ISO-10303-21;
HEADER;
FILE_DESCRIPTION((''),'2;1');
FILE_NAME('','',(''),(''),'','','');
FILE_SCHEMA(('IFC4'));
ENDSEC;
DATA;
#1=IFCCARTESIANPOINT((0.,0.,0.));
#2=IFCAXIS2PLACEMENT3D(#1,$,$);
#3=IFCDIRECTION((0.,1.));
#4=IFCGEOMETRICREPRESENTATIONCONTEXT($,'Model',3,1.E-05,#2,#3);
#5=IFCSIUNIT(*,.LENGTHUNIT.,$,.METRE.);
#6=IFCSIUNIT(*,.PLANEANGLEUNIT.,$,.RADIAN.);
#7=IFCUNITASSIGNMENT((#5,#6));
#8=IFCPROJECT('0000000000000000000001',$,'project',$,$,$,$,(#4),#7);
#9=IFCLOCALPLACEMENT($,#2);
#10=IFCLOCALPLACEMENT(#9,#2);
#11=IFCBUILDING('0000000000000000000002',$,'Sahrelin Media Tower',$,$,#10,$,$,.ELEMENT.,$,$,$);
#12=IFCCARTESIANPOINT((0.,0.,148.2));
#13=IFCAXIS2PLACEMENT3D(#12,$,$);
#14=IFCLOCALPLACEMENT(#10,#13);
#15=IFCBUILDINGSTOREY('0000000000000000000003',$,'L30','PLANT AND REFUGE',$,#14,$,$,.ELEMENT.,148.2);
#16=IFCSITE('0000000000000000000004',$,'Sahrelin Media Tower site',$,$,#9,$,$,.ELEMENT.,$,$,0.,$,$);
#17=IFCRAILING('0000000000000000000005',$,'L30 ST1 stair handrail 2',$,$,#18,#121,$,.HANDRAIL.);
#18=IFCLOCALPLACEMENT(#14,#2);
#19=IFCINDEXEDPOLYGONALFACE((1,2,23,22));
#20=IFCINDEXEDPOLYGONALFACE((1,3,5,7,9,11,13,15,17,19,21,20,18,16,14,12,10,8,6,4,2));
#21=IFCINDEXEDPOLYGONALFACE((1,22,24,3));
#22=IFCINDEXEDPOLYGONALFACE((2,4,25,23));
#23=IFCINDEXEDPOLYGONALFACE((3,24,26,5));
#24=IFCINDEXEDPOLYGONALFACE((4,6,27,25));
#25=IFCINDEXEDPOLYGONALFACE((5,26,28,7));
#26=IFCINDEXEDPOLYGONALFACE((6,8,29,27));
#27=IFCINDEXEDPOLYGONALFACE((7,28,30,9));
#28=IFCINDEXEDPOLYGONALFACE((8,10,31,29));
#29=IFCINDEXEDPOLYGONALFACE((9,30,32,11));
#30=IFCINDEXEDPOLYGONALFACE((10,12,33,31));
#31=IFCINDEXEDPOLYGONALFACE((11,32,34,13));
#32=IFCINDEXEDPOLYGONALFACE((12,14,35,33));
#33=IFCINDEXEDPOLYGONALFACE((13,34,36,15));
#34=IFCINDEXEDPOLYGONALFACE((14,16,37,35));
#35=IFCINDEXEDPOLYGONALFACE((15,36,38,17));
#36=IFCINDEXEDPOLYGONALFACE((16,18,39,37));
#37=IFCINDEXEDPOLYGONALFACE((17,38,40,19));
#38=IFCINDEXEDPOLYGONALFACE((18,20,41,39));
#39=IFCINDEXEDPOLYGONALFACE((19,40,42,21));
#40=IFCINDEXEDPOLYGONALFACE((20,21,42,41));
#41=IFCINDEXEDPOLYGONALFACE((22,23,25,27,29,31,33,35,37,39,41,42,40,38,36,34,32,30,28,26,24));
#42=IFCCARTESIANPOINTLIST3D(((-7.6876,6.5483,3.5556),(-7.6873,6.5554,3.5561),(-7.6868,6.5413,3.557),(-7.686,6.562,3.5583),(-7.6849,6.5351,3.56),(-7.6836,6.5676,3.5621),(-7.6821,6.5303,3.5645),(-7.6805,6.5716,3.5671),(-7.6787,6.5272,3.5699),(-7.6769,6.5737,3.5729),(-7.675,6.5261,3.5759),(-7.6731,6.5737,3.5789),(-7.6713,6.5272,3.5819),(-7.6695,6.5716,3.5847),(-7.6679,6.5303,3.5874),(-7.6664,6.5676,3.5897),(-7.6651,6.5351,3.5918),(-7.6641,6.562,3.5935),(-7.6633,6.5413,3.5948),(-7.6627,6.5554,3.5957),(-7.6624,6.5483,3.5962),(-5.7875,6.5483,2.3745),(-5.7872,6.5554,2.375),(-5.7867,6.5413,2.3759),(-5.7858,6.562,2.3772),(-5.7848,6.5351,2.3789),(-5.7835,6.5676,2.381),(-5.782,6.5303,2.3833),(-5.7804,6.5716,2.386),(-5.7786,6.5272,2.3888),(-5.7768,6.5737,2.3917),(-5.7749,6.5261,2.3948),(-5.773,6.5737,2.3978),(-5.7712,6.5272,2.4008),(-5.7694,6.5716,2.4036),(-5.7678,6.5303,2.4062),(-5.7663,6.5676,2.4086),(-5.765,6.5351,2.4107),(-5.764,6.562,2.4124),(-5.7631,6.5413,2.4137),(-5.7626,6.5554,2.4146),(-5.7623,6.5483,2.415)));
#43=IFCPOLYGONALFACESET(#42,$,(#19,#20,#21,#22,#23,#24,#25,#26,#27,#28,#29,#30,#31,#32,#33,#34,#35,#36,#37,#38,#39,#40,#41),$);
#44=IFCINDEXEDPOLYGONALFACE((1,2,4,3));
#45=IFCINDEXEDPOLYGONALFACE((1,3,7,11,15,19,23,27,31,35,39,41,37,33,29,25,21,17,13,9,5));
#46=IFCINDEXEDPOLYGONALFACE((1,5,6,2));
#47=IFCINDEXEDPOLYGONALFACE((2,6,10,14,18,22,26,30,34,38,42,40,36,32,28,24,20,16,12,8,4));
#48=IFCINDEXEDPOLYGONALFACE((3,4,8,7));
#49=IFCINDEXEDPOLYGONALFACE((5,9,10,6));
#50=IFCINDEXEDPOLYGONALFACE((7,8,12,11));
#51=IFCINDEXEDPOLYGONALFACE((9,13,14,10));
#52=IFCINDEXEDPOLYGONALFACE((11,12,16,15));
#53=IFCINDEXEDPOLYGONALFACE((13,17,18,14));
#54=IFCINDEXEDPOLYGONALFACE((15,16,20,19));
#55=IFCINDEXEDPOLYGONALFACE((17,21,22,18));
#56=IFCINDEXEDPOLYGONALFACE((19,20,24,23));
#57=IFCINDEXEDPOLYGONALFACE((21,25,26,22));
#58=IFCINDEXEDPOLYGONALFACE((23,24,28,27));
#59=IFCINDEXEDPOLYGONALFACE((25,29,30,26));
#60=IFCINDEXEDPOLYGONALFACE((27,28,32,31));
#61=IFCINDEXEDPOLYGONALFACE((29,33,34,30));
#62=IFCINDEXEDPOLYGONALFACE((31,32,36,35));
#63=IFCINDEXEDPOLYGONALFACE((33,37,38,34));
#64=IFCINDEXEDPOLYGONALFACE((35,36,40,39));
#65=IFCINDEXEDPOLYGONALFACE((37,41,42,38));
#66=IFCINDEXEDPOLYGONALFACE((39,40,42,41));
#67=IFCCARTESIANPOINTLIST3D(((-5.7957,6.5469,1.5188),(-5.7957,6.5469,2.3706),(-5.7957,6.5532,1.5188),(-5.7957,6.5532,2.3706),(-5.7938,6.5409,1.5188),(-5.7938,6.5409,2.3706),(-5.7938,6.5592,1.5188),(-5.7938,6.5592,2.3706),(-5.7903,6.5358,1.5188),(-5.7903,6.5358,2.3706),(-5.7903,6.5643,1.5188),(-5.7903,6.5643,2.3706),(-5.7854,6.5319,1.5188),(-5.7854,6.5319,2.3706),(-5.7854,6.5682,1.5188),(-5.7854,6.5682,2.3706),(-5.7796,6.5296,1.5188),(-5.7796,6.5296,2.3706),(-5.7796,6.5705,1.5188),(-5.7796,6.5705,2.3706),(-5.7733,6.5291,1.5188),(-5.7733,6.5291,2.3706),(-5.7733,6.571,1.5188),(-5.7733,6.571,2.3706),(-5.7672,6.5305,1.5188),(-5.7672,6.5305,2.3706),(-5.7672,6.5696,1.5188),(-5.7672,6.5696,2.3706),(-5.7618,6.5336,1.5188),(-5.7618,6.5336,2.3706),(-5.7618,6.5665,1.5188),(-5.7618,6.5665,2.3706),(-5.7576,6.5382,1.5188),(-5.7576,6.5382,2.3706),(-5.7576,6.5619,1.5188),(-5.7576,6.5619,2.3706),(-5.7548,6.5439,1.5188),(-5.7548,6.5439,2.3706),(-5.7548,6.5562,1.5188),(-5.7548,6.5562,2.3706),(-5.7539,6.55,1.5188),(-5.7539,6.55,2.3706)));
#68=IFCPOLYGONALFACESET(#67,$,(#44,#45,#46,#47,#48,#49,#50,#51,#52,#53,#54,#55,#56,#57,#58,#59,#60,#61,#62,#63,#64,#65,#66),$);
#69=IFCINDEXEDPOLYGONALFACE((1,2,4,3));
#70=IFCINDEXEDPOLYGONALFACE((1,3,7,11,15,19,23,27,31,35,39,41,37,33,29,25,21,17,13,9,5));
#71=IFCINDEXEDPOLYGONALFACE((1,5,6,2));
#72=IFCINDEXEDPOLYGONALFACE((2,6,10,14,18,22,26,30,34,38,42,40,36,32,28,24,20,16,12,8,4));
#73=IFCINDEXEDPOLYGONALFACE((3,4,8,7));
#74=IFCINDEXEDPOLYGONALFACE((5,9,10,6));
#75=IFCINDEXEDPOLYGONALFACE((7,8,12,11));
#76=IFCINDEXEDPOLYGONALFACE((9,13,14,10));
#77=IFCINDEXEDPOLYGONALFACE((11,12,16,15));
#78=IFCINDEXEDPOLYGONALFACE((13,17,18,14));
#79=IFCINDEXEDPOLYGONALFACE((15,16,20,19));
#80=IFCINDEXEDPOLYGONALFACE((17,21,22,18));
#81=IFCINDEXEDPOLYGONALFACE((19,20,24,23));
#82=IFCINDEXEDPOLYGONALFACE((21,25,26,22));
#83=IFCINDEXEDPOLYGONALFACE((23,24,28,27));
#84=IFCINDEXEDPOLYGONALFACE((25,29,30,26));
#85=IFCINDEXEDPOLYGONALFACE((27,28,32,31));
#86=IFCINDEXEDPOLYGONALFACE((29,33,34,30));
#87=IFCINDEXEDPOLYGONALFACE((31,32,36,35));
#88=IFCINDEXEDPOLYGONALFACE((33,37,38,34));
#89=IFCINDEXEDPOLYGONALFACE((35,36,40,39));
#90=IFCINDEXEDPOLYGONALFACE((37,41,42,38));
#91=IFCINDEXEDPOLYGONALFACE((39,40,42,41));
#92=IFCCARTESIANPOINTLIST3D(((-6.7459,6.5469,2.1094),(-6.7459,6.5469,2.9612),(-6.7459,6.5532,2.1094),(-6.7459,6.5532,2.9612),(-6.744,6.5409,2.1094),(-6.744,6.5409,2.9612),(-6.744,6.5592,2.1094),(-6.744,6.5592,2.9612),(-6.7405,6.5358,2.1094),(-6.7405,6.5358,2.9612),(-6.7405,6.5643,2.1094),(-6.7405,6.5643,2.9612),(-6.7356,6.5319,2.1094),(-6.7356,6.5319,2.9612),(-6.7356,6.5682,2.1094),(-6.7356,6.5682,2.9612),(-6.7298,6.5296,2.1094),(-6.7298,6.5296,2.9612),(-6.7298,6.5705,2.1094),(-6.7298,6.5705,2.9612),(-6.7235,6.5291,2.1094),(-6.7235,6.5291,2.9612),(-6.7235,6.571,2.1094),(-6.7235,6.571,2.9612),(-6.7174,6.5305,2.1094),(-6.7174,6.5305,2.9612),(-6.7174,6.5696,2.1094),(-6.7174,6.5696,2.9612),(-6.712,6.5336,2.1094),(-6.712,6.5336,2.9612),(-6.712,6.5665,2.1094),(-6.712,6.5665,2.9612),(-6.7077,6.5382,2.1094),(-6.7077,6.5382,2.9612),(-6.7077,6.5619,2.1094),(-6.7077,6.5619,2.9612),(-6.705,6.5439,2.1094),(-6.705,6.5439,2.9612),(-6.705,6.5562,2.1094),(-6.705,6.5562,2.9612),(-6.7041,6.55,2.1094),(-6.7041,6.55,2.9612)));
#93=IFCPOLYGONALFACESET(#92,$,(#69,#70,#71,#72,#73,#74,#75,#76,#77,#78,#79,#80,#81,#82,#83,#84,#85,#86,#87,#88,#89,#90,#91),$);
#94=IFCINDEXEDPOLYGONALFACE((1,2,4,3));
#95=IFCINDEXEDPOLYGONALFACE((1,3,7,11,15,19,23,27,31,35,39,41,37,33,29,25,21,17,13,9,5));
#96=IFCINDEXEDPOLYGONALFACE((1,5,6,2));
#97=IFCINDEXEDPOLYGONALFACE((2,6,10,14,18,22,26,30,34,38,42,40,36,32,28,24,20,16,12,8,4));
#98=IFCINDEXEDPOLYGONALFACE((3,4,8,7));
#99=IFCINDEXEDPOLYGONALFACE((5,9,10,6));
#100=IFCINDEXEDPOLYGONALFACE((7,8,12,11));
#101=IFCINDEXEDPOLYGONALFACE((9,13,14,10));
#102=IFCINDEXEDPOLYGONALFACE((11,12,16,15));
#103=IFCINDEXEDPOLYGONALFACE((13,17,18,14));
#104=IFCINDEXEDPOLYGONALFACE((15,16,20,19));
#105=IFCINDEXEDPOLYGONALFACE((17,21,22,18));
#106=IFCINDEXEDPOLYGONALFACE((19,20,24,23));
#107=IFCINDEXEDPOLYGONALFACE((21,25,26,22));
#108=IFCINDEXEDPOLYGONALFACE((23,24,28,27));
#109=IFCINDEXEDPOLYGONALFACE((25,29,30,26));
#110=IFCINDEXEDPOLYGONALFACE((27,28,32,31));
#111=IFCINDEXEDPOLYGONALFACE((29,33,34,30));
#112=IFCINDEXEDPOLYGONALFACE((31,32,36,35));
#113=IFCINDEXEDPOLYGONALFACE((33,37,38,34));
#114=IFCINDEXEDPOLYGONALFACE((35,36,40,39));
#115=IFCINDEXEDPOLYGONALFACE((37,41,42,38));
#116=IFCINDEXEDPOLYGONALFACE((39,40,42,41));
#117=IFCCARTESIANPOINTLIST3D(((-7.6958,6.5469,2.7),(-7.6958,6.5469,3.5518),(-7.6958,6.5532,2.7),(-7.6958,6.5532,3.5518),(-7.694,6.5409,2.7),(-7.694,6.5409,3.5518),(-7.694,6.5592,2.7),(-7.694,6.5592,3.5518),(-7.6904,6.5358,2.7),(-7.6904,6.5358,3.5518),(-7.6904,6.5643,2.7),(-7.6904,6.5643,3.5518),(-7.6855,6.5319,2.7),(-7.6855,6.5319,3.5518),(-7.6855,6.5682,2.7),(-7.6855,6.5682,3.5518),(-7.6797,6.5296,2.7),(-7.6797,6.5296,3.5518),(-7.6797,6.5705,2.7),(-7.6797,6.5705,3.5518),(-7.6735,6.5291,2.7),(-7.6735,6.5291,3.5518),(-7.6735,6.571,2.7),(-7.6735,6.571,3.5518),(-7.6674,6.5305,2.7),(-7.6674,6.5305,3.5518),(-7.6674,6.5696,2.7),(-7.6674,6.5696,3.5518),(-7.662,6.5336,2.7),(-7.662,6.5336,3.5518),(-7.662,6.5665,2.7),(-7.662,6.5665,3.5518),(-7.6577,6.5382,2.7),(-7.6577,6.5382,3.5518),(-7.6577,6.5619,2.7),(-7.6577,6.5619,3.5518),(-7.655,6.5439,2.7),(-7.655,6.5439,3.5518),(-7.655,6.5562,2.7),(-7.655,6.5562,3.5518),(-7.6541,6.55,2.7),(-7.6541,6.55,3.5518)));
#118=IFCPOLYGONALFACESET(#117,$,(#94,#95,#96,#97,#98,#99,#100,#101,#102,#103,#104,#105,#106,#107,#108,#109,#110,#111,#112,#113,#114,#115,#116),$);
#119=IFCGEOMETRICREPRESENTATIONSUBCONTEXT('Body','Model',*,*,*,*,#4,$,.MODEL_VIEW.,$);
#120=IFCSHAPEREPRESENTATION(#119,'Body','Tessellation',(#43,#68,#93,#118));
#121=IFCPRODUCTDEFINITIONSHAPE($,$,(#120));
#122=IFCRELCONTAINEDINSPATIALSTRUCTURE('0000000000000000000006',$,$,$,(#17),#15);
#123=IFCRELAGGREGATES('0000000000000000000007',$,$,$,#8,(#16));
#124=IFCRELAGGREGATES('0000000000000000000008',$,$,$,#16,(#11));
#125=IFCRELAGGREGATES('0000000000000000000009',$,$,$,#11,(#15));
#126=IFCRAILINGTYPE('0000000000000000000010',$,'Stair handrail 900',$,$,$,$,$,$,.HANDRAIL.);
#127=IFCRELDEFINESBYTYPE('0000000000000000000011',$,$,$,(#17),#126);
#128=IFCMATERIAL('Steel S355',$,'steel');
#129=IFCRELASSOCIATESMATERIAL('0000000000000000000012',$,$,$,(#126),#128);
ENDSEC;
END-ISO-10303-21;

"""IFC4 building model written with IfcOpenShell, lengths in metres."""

from ifc_helpers import new_model, si_unit, direction, frame, origin, origin_2d, place, context, subcontext, project, spatial, circle, extrude, material, type_object, element, save


model = new_model("IFC4")

# Units and contexts
model_context = context("Model", 3, precision=1e-05, world=origin(), true_north=direction((0.0, 1.0)))
body_context = subcontext(model_context, "Body", "Model", "MODEL_VIEW")
ifc_project = project(units=[si_unit("LENGTHUNIT", "METRE"), si_unit("PLANEANGLEUNIT", "RADIAN")], contexts=[model_context])

# Site, building, storey
site_placement = place(None, origin())
site = spatial("IfcSite", under=ifc_project, at=site_placement, Name="Sahrelin Media Tower site", CompositionType="ELEMENT", RefElevation=0.0)
building_placement = place(site_placement, origin())
building = spatial("IfcBuilding", under=site, at=building_placement, Name="Sahrelin Media Tower", CompositionType="ELEMENT")
storey_placement = place(building_placement, frame((0.0, 0.0, 148.2)))
storey = spatial("IfcBuildingStorey", under=building, at=storey_placement, Name="L30", Description="PLANT AND REFUGE", CompositionType="ELEMENT", Elevation=148.2)

# Shared definitions
ifc_material_1 = material(Name="Steel S355", Category="steel")

# Railing
railing_type_1 = type_object("IfcRailingType", Name="Stair handrail 900", PredefinedType="HANDRAIL", material=ifc_material_1)
railing_1_placement = place(storey_placement, frame((-5.7749, 6.55, 1.5188)))
element("IfcRailing", 1, at=railing_1_placement, inside=storey, type_object=railing_type_1, Name="L30 ST1 stair handrail 2", PredefinedType="HANDRAIL", context=body_context, shape_type="SweptSolid", body=[
    extrude(circle(Radius=0.0239, at=origin_2d()), frame((0.0, 0.0, 0.876), z_axis=(-0.849289, 0.0, 0.527928), x_axis=(0.0, -1.0, 0.0)), (0.0, 0.0, 1.0), 2.2373),
    extrude(circle(Radius=0.021, at=origin_2d()), origin(), (0.0, 0.0, 1.0), 0.8518),
    extrude(circle(Radius=0.021, at=origin_2d()), frame((-0.9502, 0.0, 0.5906)), (0.0, 0.0, 1.0), 0.8518),
    extrude(circle(Radius=0.021, at=origin_2d()), frame((-1.9001, 0.0, 1.1812)), (0.0, 0.0, 1.0), 0.8518),
])

save(model, "model.ifc")
